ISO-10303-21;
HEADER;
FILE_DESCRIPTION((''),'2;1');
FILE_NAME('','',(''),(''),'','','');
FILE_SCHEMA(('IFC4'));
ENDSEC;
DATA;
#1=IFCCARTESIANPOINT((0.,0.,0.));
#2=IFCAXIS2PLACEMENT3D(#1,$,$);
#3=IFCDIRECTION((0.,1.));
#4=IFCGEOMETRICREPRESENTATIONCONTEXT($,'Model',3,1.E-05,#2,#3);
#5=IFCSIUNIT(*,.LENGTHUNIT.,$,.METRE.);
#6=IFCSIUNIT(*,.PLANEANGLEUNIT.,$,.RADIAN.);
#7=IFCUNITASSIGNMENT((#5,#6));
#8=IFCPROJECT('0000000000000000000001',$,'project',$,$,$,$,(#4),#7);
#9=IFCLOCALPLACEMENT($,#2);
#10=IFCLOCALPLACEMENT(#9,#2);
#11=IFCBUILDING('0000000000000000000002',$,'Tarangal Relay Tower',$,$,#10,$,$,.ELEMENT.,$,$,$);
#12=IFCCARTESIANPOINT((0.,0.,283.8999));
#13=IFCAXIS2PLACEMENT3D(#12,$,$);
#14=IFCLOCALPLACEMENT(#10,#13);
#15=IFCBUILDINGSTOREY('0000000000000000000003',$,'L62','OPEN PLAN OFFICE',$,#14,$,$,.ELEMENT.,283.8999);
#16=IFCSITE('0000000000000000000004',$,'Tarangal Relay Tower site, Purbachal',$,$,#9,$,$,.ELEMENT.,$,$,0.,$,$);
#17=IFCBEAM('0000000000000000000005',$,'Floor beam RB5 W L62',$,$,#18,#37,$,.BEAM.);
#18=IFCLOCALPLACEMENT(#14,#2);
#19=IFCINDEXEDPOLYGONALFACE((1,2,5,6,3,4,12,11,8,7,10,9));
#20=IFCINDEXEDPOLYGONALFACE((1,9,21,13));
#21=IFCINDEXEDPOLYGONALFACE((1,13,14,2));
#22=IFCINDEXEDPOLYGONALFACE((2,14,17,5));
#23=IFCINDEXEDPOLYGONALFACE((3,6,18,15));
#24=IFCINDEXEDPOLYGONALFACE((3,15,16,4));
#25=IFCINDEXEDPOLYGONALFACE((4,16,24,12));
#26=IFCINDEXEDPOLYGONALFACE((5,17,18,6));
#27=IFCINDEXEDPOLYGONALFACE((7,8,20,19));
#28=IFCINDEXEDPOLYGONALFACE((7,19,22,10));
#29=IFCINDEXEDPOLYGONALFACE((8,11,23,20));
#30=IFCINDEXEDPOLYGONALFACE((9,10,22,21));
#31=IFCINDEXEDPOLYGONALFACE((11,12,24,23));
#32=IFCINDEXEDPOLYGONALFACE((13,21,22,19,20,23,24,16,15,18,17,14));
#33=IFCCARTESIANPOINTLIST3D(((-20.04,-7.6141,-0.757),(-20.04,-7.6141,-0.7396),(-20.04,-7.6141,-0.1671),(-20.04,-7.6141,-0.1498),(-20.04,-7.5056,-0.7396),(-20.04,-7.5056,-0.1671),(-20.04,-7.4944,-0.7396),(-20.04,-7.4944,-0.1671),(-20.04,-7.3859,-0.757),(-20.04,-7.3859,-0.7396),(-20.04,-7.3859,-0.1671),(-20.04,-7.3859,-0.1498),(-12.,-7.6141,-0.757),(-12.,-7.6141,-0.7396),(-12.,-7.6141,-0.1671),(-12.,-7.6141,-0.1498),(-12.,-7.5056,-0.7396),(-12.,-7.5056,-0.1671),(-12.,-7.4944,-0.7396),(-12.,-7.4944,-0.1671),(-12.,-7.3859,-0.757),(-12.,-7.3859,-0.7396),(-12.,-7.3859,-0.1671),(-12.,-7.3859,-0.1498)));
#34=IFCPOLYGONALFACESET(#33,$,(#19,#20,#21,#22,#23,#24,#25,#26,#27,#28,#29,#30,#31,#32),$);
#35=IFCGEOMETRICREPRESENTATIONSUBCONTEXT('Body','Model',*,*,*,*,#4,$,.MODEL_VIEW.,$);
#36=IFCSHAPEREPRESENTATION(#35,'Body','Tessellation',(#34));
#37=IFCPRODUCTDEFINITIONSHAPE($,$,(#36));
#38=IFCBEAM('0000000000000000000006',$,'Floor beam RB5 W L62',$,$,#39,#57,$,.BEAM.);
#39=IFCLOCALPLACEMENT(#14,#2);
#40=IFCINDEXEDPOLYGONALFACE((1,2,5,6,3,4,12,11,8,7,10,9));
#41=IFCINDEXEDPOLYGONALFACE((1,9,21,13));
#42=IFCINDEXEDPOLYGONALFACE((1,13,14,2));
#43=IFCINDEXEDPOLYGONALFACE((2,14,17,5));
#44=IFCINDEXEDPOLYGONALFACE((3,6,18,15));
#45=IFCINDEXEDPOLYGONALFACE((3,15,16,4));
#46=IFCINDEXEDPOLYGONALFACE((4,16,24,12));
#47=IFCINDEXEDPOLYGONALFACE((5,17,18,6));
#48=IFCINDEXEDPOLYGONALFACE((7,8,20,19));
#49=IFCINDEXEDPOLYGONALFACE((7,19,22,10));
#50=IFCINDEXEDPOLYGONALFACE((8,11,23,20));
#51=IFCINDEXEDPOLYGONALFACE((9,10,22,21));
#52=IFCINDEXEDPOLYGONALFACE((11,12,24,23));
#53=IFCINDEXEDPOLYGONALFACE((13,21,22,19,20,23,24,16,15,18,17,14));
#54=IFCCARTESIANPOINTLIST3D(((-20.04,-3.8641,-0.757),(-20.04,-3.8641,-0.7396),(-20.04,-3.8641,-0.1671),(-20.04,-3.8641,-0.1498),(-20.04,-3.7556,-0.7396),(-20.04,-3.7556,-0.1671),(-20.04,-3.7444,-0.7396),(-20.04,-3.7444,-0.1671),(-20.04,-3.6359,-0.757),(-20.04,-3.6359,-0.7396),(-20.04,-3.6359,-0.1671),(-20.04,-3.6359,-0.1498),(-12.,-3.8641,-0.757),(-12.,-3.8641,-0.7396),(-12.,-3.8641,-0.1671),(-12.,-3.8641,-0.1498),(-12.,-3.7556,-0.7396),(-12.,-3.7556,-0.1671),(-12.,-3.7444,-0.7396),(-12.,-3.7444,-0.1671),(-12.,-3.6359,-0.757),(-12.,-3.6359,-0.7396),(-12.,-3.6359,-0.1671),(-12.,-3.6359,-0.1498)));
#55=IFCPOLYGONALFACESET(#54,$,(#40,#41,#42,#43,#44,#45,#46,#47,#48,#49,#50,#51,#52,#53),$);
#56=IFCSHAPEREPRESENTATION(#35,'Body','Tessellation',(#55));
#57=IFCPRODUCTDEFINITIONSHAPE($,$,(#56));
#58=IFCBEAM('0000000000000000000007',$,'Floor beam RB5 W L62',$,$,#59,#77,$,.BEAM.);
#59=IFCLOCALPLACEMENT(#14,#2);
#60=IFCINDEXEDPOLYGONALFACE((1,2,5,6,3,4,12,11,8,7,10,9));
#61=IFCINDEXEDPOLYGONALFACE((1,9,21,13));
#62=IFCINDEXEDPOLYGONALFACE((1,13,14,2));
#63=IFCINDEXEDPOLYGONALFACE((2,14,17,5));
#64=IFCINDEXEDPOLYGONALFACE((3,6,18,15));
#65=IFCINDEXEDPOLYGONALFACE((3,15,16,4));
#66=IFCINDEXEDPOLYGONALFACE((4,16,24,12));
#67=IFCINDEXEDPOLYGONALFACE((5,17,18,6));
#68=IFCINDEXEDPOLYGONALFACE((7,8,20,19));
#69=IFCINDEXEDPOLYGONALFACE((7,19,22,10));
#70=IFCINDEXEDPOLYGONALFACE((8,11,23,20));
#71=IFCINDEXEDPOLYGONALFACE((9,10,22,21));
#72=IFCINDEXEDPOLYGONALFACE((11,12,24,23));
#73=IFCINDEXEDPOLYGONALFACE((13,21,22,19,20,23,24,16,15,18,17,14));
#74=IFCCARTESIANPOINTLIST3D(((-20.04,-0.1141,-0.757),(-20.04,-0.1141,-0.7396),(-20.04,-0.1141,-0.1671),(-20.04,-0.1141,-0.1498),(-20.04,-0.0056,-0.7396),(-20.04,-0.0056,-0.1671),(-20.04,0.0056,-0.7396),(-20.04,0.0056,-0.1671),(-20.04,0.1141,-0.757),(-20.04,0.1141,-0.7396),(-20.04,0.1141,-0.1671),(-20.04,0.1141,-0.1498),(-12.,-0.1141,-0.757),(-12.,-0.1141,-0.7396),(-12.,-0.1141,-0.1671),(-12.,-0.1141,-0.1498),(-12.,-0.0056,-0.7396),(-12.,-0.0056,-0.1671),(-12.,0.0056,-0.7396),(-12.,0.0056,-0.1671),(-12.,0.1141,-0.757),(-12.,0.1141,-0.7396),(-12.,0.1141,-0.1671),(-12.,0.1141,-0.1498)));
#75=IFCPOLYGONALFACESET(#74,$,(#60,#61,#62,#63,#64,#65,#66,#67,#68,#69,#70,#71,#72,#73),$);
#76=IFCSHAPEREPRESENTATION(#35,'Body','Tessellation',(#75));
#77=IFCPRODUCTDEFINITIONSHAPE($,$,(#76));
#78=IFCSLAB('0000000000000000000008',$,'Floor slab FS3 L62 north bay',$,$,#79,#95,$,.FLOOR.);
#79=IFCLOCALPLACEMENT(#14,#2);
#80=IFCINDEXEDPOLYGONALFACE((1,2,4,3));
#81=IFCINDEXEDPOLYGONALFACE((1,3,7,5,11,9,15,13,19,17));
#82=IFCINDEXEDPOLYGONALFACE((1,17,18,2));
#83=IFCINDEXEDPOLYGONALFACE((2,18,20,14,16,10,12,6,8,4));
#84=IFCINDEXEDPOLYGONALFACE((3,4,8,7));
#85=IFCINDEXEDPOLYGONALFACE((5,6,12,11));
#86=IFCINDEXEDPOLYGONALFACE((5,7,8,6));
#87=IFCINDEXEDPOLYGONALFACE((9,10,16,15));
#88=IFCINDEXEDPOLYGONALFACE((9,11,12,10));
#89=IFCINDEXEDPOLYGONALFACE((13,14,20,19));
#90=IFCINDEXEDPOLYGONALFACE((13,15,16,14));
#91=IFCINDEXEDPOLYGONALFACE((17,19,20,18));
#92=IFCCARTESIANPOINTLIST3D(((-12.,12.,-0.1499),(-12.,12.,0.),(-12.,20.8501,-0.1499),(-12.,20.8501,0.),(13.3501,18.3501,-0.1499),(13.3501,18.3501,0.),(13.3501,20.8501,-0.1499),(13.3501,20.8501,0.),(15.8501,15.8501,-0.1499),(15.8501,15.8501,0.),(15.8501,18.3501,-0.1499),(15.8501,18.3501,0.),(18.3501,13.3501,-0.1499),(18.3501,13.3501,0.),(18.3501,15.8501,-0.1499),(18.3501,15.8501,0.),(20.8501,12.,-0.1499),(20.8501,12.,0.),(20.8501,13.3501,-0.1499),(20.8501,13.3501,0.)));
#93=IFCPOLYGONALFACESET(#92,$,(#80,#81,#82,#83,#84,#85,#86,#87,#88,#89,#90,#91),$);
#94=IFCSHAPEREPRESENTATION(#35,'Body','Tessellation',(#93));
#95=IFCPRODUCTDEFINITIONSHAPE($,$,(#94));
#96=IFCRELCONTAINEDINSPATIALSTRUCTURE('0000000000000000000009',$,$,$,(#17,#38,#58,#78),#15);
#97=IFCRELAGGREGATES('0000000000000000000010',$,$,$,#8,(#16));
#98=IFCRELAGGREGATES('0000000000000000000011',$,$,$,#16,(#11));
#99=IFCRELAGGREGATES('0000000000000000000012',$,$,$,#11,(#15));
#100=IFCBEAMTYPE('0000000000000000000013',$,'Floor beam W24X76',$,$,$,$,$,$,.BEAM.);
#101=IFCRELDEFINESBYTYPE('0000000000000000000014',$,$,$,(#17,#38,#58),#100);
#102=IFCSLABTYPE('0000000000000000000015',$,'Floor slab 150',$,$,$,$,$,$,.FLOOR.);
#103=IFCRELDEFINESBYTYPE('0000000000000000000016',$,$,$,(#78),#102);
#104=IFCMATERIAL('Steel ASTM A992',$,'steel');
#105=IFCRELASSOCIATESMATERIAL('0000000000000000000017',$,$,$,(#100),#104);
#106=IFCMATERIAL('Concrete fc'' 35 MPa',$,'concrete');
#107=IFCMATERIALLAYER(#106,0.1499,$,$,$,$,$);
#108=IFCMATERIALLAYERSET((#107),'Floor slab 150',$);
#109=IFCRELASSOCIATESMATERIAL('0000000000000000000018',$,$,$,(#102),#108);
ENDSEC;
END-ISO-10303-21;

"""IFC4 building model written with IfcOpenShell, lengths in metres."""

from ifc_helpers import new_model, si_unit, direction, frame, origin, origin_2d, place, context, subcontext, project, spatial, polyline, i_section, outline, extrude, material, layer, layer_set, material_profile, profile_set, type_object, element, save


model = new_model("IFC4")

# Units and contexts
model_context = context("Model", 3, precision=1e-05, world=origin(), true_north=direction((0.0, 1.0)))
body_context = subcontext(model_context, "Body", "Model", "MODEL_VIEW")
ifc_project = project(units=[si_unit("LENGTHUNIT", "METRE"), si_unit("PLANEANGLEUNIT", "RADIAN")], contexts=[model_context])

# Site, building, storey
site_placement = place(None, origin())
site = spatial("IfcSite", under=ifc_project, at=site_placement, Name="Tarangal Relay Tower site, Purbachal", CompositionType="ELEMENT", RefElevation=0.0)
building_placement = place(site_placement, origin())
building = spatial("IfcBuilding", under=site, at=building_placement, Name="Tarangal Relay Tower", CompositionType="ELEMENT")
storey_placement = place(building_placement, frame((0.0, 0.0, 283.8999)))
storey = spatial("IfcBuildingStorey", under=building, at=storey_placement, Name="L62", Description="OPEN PLAN OFFICE", CompositionType="ELEMENT", Elevation=283.8999)

# Beams
ifc_material_1 = material(Name="Steel ASTM A992", Category="steel")
ifc_material_profile = material_profile(ifc_material_1, i_section(OverallWidth=0.2283, OverallDepth=0.6072, WebThickness=0.0112, FlangeThickness=0.0173, at=origin_2d()), Name="W24X76")
ifc_profile_set = profile_set([ifc_material_profile], Name="Steel ASTM A992")
beam_type = type_object("IfcBeamType", Name="Floor beam W24X76", PredefinedType="BEAM", material=ifc_profile_set)
for number, where, z_axis, x_axis, name in (
    (1, (-12.0, -7.5, -0.4534), (-1.0, 0.0, 0.0), (0.0, -1.0, 0.0), "Floor beam RB5 W L62"),
    (2, (-12.0, -3.75, -0.4534), (-1.0, 0.0, 0.0), (0.0, -1.0, 0.0), "Floor beam RB5 W L62"),
    (3, (-12.0, 0.0, -0.4534), (-1.0, 0.0, 0.0), (0.0, -1.0, 0.0), "Floor beam RB5 W L62"),
):
    element("IfcBeam", number, at=place(storey_placement, frame(where, z_axis=z_axis, x_axis=x_axis)), inside=storey, type_object=beam_type, Name=name, PredefinedType="BEAM", context=body_context, shape_type="SweptSolid", body=[
        extrude(i_section(OverallWidth=0.2283, OverallDepth=0.6072, WebThickness=0.0112, FlangeThickness=0.0173, at=origin_2d()), origin(), (0.0, 0.0, 1.0), 8.04),
    ])

# Slab
ifc_material_2 = material(Name="Concrete fc' 35 MPa", Category="concrete")
ifc_layer_1 = layer(ifc_material_2, 0.1499)
ifc_layer_set_1 = layer_set([ifc_layer_1], Name="Floor slab 150")
slab_type = type_object("IfcSlabType", Name="Floor slab 150", PredefinedType="FLOOR", material=ifc_layer_set_1)
slab_placement = place(storey_placement, frame((0.0, 0.0, -0.1499)))
element("IfcSlab", 4, at=slab_placement, inside=storey, type_object=slab_type, Name="Floor slab FS3 L62 north bay", PredefinedType="FLOOR", context=body_context, shape_type="SweptSolid", body=[
    extrude(outline(polyline([(13.3501, 20.8501), (13.3501, 18.3501), (15.8501, 18.3501), (15.8501, 15.8501), (18.3501, 15.8501), (18.3501, 13.3501), (20.8501, 13.3501), (20.8501, 12.0), (-12.0, 12.0), (-12.0, 20.8501), (13.3501, 20.8501)])), origin(), (0.0, 0.0, 1.0), 0.1499),
])

save(model, "model.ifc")
